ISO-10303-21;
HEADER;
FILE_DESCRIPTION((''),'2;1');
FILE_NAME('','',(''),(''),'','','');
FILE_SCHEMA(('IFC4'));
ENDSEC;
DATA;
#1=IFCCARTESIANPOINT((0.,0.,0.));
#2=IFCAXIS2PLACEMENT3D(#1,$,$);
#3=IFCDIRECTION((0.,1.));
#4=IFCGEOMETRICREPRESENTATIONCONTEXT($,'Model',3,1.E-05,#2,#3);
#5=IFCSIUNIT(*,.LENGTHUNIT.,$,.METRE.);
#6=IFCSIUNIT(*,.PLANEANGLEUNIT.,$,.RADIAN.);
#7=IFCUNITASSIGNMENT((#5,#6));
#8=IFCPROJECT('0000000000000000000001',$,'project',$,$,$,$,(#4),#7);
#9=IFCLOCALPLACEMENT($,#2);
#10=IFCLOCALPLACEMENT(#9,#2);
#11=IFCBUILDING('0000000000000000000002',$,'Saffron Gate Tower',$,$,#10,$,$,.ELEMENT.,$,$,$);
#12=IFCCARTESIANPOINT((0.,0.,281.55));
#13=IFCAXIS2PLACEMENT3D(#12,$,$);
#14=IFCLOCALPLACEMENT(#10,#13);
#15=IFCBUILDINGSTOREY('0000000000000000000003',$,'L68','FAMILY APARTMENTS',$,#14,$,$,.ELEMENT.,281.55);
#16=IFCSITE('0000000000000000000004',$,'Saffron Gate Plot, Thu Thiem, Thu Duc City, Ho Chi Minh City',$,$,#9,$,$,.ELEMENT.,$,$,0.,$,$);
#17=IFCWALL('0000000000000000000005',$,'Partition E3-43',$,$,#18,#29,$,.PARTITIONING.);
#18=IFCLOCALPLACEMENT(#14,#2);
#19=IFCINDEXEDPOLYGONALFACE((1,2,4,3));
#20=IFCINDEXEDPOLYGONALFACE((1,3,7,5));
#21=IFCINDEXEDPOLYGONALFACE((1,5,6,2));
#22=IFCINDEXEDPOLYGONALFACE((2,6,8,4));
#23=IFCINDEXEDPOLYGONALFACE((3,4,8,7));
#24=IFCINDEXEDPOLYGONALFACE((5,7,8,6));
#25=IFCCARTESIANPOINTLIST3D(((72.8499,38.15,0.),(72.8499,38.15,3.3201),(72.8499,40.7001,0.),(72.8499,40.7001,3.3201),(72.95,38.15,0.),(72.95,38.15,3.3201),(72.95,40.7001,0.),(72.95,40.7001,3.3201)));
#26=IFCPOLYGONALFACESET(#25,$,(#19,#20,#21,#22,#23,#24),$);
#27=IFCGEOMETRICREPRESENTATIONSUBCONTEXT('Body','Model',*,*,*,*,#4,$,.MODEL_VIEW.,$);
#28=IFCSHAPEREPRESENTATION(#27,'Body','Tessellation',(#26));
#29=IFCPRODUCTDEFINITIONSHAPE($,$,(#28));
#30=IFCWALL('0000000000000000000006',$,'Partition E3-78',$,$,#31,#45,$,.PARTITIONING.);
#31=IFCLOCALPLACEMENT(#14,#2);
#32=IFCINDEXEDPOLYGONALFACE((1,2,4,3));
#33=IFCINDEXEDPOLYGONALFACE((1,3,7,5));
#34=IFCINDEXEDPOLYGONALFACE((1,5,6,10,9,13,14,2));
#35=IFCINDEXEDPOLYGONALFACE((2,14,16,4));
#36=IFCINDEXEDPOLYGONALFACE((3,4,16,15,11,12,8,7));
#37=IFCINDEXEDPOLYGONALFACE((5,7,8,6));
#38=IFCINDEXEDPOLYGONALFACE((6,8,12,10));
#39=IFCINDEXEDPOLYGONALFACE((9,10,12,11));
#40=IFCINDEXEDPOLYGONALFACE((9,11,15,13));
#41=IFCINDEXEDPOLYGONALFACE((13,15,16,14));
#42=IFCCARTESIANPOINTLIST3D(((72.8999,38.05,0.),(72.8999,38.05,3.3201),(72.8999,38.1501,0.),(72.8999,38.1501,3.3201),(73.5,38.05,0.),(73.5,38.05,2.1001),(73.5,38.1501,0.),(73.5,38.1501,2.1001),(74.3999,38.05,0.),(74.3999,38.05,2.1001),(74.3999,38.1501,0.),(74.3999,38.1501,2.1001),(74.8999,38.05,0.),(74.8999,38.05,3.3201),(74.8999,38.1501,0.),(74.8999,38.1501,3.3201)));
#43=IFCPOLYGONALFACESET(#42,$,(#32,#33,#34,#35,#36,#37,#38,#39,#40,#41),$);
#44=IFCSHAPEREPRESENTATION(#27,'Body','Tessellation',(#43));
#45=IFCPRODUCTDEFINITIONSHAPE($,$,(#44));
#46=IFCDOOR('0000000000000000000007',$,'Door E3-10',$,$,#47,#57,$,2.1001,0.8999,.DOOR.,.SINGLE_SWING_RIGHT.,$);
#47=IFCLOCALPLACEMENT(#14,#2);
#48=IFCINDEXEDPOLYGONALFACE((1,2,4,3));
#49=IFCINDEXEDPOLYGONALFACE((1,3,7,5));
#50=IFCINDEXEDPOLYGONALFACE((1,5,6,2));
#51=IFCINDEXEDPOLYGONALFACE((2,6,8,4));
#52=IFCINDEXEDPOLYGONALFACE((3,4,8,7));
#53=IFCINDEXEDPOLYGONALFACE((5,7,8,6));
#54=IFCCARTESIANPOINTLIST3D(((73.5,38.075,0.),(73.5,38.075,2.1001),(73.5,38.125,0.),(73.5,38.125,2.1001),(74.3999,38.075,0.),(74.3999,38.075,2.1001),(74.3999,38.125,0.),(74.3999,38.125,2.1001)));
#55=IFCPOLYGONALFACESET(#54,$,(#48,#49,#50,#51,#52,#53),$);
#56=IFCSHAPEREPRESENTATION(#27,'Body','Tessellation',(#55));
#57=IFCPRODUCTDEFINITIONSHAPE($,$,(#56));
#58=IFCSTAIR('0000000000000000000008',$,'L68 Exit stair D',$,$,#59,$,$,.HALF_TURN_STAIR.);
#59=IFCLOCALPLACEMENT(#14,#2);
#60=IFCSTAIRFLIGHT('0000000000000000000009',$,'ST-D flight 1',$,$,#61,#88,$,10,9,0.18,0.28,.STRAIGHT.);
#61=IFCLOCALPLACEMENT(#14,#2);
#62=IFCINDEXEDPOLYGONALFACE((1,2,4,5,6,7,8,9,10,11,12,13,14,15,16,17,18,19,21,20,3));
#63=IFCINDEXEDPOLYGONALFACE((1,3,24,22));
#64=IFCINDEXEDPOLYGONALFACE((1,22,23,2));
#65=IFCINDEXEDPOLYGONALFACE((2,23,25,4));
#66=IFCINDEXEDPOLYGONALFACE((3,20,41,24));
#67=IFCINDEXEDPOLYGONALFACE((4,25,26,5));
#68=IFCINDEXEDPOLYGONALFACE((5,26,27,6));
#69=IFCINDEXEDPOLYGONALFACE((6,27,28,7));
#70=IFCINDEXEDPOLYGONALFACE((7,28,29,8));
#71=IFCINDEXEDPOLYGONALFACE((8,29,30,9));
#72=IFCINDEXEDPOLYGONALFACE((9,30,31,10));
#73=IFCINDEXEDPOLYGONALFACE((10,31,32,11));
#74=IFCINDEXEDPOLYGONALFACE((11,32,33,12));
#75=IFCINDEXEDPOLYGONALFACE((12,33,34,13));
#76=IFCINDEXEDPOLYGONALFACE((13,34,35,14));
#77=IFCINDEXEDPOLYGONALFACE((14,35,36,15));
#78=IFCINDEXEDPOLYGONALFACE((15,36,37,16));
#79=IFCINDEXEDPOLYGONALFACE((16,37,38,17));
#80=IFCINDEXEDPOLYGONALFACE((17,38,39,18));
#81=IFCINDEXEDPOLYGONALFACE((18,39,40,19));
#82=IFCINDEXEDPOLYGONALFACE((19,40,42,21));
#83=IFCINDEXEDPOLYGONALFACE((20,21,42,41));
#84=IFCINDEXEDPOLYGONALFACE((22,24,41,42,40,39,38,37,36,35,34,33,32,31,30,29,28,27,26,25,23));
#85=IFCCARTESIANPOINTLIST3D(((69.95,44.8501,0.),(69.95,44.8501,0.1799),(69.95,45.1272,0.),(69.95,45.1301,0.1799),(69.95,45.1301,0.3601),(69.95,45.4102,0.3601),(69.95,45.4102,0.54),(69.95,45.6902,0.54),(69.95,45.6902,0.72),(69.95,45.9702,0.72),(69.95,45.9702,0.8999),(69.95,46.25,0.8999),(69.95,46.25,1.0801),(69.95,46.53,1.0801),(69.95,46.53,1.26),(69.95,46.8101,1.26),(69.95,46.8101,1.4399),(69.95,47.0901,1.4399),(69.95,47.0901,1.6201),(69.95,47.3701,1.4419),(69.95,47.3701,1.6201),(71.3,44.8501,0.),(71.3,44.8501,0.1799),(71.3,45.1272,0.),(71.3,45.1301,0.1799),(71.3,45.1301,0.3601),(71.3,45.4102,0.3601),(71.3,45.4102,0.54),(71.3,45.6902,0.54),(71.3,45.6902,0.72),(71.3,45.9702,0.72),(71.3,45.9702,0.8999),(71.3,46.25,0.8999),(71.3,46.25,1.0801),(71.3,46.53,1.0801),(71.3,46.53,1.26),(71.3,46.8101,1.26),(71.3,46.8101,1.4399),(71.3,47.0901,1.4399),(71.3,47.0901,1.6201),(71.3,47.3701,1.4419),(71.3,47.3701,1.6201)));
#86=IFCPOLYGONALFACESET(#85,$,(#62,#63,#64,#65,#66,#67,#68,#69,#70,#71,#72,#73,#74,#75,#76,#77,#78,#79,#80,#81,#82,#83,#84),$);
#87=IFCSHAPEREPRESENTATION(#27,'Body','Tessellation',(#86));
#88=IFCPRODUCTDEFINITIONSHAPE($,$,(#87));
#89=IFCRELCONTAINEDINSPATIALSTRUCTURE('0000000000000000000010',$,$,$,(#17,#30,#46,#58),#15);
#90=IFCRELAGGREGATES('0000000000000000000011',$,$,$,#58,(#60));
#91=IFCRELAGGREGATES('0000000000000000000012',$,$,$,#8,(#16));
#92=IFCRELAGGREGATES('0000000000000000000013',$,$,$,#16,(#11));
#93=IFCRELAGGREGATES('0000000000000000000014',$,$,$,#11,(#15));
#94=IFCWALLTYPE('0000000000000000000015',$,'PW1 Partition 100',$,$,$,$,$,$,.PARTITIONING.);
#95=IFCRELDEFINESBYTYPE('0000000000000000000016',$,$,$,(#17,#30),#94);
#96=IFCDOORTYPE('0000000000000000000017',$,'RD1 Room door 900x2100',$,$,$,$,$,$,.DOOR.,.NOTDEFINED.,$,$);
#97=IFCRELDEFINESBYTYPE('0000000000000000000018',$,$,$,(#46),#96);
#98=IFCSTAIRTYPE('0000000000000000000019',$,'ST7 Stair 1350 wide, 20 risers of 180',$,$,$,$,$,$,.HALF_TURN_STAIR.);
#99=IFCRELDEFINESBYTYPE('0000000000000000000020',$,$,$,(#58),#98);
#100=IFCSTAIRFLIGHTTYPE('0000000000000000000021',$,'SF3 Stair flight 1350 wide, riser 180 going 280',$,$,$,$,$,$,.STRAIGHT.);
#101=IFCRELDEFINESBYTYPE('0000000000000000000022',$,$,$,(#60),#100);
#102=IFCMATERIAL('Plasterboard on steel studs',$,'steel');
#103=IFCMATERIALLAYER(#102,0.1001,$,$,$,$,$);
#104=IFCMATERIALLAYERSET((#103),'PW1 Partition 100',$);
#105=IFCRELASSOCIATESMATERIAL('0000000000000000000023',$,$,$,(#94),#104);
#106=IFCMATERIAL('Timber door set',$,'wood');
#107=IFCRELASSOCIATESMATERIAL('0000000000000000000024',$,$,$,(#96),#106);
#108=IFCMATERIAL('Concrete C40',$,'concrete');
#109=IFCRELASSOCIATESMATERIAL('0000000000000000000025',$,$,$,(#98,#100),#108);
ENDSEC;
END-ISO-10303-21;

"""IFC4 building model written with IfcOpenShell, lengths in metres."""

from ifc_helpers import new_model, si_unit, direction, frame, frame_2d, origin, place, context, subcontext, project, spatial, polyline, rectangle, outline, extrude, material, layer, layer_set, type_object, element, fill, aggregate, save


model = new_model("IFC4")

# Units and contexts
model_context = context("Model", 3, precision=1e-05, world=origin(), true_north=direction((0.0, 1.0)))
body_context = subcontext(model_context, "Body", "Model", "MODEL_VIEW")
ifc_project = project(units=[si_unit("LENGTHUNIT", "METRE"), si_unit("PLANEANGLEUNIT", "RADIAN")], contexts=[model_context])

# Site, building, storey
site_placement = place(None, origin())
site = spatial("IfcSite", under=ifc_project, at=site_placement, Name="Saffron Gate Plot, Thu Thiem, Thu Duc City, Ho Chi Minh City", CompositionType="ELEMENT", RefElevation=0.0)
building_placement = place(site_placement, origin())
building = spatial("IfcBuilding", under=site, at=building_placement, Name="Saffron Gate Tower", CompositionType="ELEMENT")
storey_placement = place(building_placement, frame((0.0, 0.0, 281.55)))
storey = spatial("IfcBuildingStorey", under=building, at=storey_placement, Name="L68", Description="FAMILY APARTMENTS", CompositionType="ELEMENT", Elevation=281.55)

# Shared definitions
ifc_material_1 = material(Name="Concrete C40", Category="concrete")

# Shared definitions
ifc_material_2 = material(Name="Plasterboard on steel studs", Category="steel")
ifc_layer_1 = layer(ifc_material_2, 0.1001)
ifc_layer_set_1 = layer_set([ifc_layer_1], Name="PW1 Partition 100")
wall_type_1 = type_object("IfcWallType", Name="PW1 Partition 100", PredefinedType="PARTITIONING", material=ifc_layer_set_1)

# Shared definitions
ifc_material_3 = material(Name="Timber door set", Category="wood")
door_type_1 = type_object("IfcDoorType", Name="RD1 Room door 900x2100", OperationType="NOTDEFINED", PredefinedType="DOOR", material=ifc_material_3)

# Wall
wall_1_placement = place(storey_placement, frame((72.8999, 40.7, 0.0), z_axis=(0.0, 0.0, 1.0), x_axis=(0.0, -1.0, 0.0)))
element("IfcWall", 1, at=wall_1_placement, inside=storey, type_object=wall_type_1, Name="Partition E3-43", PredefinedType="PARTITIONING", context=body_context, shape_type="SweptSolid", body=[
    extrude(rectangle(XDim=2.55, YDim=0.1001, at=frame_2d((1.2749, 0.0))), origin(), (0.0, 0.0, 1.0), 3.3201),
])

# Wall, opening, door
wall_2_placement = place(storey_placement, frame((72.8999, 38.1001, 0.0), z_axis=(0.0, 0.0, 1.0), x_axis=(1.0, 0.0, 0.0)))
wall_2 = element("IfcWall", 2, at=wall_2_placement, inside=storey, type_object=wall_type_1, Name="Partition E3-78", PredefinedType="PARTITIONING", context=body_context, shape_type="SweptSolid", body=[
    extrude(rectangle(XDim=2.0, YDim=0.1001, at=frame_2d((1.0, 0.0))), origin(), (0.0, 0.0, 1.0), 3.3201),
])
opening_1_placement = place(wall_2_placement, frame((0.6001, 0.0, 0.0)))
opening_1 = element("IfcOpeningElement", 3, at=opening_1_placement, cuts=wall_2, PredefinedType="OPENING", context=body_context, shape_type="SweptSolid", body=[
    extrude(rectangle(XDim=0.8999, YDim=2.1001, at=frame_2d((0.45, 1.05))), frame((0.0, 0.0601, 0.0), z_axis=(0.0, -1.0, 0.0), x_axis=(1.0, 0.0, 0.0)), (0.0, 0.0, 1.0), 0.1201),
])
door_1_placement = place(opening_1_placement, origin())
door_1 = element("IfcDoor", 4, at=door_1_placement, inside=storey, type_object=door_type_1, Name="Door E3-10", OperationType="SINGLE_SWING_RIGHT", OverallHeight=2.1001, OverallWidth=0.8999, PredefinedType="DOOR", context=body_context, shape_type="SweptSolid", body=[
    extrude(rectangle(XDim=0.8999, YDim=2.1001, at=frame_2d((0.45, 1.05))), frame((0.0, 0.0249, 0.0), z_axis=(0.0, -1.0, 0.0), x_axis=(1.0, 0.0, 0.0)), (0.0, 0.0, 1.0), 0.05),
])
fill(opening_1, door_1)

# Stair, stair flight
stair_type = type_object("IfcStairType", Name="ST7 Stair 1350 wide, 20 risers of 180", PredefinedType="HALF_TURN_STAIR", material=ifc_material_1)
stair_placement = place(storey_placement, origin())
stair = element("IfcStair", 5, at=stair_placement, inside=storey, type_object=stair_type, Name="L68 Exit stair D", PredefinedType="HALF_TURN_STAIR")
stair_flight_type = type_object("IfcStairFlightType", Name="SF3 Stair flight 1350 wide, riser 180 going 280", PredefinedType="STRAIGHT", material=ifc_material_1)
stair_flight_placement = place(storey_placement, frame((70.625, 44.8501, 0.0), z_axis=(0.0, 0.0, 1.0), x_axis=(0.0, 1.0, 0.0)))
stair_flight = element("IfcStairFlight", 6, at=stair_flight_placement, type_object=stair_flight_type, Name="ST-D flight 1", NumberOfRisers=10, NumberOfTreads=9, PredefinedType="STRAIGHT", RiserHeight=0.18, TreadLength=0.28, context=body_context, shape_type="SweptSolid", body=[
    extrude(outline(polyline([(0.0, 0.0), (0.0, 0.1799), (0.28, 0.1799), (0.28, 0.3601), (0.5601, 0.3601), (0.5601, 0.54), (0.8401, 0.54), (0.8401, 0.72), (1.1201, 0.72), (1.1201, 0.8999), (1.3999, 0.8999), (1.3999, 1.0801), (1.6799, 1.0801), (1.6799, 1.26), (1.96, 1.26), (1.96, 1.4399), (2.24, 1.4399), (2.24, 1.6201), (2.52, 1.6201), (2.52, 1.8), (2.52, 1.4419), (0.2771, 0.0), (0.0, 0.0)])), frame((0.0, 0.675, 0.0), z_axis=(0.0, -1.0, 0.0), x_axis=(1.0, 0.0, 0.0)), (0.0, 0.0, 1.0), 1.3501),
])
aggregate(stair, [stair_flight])

save(model, "model.ifc")
